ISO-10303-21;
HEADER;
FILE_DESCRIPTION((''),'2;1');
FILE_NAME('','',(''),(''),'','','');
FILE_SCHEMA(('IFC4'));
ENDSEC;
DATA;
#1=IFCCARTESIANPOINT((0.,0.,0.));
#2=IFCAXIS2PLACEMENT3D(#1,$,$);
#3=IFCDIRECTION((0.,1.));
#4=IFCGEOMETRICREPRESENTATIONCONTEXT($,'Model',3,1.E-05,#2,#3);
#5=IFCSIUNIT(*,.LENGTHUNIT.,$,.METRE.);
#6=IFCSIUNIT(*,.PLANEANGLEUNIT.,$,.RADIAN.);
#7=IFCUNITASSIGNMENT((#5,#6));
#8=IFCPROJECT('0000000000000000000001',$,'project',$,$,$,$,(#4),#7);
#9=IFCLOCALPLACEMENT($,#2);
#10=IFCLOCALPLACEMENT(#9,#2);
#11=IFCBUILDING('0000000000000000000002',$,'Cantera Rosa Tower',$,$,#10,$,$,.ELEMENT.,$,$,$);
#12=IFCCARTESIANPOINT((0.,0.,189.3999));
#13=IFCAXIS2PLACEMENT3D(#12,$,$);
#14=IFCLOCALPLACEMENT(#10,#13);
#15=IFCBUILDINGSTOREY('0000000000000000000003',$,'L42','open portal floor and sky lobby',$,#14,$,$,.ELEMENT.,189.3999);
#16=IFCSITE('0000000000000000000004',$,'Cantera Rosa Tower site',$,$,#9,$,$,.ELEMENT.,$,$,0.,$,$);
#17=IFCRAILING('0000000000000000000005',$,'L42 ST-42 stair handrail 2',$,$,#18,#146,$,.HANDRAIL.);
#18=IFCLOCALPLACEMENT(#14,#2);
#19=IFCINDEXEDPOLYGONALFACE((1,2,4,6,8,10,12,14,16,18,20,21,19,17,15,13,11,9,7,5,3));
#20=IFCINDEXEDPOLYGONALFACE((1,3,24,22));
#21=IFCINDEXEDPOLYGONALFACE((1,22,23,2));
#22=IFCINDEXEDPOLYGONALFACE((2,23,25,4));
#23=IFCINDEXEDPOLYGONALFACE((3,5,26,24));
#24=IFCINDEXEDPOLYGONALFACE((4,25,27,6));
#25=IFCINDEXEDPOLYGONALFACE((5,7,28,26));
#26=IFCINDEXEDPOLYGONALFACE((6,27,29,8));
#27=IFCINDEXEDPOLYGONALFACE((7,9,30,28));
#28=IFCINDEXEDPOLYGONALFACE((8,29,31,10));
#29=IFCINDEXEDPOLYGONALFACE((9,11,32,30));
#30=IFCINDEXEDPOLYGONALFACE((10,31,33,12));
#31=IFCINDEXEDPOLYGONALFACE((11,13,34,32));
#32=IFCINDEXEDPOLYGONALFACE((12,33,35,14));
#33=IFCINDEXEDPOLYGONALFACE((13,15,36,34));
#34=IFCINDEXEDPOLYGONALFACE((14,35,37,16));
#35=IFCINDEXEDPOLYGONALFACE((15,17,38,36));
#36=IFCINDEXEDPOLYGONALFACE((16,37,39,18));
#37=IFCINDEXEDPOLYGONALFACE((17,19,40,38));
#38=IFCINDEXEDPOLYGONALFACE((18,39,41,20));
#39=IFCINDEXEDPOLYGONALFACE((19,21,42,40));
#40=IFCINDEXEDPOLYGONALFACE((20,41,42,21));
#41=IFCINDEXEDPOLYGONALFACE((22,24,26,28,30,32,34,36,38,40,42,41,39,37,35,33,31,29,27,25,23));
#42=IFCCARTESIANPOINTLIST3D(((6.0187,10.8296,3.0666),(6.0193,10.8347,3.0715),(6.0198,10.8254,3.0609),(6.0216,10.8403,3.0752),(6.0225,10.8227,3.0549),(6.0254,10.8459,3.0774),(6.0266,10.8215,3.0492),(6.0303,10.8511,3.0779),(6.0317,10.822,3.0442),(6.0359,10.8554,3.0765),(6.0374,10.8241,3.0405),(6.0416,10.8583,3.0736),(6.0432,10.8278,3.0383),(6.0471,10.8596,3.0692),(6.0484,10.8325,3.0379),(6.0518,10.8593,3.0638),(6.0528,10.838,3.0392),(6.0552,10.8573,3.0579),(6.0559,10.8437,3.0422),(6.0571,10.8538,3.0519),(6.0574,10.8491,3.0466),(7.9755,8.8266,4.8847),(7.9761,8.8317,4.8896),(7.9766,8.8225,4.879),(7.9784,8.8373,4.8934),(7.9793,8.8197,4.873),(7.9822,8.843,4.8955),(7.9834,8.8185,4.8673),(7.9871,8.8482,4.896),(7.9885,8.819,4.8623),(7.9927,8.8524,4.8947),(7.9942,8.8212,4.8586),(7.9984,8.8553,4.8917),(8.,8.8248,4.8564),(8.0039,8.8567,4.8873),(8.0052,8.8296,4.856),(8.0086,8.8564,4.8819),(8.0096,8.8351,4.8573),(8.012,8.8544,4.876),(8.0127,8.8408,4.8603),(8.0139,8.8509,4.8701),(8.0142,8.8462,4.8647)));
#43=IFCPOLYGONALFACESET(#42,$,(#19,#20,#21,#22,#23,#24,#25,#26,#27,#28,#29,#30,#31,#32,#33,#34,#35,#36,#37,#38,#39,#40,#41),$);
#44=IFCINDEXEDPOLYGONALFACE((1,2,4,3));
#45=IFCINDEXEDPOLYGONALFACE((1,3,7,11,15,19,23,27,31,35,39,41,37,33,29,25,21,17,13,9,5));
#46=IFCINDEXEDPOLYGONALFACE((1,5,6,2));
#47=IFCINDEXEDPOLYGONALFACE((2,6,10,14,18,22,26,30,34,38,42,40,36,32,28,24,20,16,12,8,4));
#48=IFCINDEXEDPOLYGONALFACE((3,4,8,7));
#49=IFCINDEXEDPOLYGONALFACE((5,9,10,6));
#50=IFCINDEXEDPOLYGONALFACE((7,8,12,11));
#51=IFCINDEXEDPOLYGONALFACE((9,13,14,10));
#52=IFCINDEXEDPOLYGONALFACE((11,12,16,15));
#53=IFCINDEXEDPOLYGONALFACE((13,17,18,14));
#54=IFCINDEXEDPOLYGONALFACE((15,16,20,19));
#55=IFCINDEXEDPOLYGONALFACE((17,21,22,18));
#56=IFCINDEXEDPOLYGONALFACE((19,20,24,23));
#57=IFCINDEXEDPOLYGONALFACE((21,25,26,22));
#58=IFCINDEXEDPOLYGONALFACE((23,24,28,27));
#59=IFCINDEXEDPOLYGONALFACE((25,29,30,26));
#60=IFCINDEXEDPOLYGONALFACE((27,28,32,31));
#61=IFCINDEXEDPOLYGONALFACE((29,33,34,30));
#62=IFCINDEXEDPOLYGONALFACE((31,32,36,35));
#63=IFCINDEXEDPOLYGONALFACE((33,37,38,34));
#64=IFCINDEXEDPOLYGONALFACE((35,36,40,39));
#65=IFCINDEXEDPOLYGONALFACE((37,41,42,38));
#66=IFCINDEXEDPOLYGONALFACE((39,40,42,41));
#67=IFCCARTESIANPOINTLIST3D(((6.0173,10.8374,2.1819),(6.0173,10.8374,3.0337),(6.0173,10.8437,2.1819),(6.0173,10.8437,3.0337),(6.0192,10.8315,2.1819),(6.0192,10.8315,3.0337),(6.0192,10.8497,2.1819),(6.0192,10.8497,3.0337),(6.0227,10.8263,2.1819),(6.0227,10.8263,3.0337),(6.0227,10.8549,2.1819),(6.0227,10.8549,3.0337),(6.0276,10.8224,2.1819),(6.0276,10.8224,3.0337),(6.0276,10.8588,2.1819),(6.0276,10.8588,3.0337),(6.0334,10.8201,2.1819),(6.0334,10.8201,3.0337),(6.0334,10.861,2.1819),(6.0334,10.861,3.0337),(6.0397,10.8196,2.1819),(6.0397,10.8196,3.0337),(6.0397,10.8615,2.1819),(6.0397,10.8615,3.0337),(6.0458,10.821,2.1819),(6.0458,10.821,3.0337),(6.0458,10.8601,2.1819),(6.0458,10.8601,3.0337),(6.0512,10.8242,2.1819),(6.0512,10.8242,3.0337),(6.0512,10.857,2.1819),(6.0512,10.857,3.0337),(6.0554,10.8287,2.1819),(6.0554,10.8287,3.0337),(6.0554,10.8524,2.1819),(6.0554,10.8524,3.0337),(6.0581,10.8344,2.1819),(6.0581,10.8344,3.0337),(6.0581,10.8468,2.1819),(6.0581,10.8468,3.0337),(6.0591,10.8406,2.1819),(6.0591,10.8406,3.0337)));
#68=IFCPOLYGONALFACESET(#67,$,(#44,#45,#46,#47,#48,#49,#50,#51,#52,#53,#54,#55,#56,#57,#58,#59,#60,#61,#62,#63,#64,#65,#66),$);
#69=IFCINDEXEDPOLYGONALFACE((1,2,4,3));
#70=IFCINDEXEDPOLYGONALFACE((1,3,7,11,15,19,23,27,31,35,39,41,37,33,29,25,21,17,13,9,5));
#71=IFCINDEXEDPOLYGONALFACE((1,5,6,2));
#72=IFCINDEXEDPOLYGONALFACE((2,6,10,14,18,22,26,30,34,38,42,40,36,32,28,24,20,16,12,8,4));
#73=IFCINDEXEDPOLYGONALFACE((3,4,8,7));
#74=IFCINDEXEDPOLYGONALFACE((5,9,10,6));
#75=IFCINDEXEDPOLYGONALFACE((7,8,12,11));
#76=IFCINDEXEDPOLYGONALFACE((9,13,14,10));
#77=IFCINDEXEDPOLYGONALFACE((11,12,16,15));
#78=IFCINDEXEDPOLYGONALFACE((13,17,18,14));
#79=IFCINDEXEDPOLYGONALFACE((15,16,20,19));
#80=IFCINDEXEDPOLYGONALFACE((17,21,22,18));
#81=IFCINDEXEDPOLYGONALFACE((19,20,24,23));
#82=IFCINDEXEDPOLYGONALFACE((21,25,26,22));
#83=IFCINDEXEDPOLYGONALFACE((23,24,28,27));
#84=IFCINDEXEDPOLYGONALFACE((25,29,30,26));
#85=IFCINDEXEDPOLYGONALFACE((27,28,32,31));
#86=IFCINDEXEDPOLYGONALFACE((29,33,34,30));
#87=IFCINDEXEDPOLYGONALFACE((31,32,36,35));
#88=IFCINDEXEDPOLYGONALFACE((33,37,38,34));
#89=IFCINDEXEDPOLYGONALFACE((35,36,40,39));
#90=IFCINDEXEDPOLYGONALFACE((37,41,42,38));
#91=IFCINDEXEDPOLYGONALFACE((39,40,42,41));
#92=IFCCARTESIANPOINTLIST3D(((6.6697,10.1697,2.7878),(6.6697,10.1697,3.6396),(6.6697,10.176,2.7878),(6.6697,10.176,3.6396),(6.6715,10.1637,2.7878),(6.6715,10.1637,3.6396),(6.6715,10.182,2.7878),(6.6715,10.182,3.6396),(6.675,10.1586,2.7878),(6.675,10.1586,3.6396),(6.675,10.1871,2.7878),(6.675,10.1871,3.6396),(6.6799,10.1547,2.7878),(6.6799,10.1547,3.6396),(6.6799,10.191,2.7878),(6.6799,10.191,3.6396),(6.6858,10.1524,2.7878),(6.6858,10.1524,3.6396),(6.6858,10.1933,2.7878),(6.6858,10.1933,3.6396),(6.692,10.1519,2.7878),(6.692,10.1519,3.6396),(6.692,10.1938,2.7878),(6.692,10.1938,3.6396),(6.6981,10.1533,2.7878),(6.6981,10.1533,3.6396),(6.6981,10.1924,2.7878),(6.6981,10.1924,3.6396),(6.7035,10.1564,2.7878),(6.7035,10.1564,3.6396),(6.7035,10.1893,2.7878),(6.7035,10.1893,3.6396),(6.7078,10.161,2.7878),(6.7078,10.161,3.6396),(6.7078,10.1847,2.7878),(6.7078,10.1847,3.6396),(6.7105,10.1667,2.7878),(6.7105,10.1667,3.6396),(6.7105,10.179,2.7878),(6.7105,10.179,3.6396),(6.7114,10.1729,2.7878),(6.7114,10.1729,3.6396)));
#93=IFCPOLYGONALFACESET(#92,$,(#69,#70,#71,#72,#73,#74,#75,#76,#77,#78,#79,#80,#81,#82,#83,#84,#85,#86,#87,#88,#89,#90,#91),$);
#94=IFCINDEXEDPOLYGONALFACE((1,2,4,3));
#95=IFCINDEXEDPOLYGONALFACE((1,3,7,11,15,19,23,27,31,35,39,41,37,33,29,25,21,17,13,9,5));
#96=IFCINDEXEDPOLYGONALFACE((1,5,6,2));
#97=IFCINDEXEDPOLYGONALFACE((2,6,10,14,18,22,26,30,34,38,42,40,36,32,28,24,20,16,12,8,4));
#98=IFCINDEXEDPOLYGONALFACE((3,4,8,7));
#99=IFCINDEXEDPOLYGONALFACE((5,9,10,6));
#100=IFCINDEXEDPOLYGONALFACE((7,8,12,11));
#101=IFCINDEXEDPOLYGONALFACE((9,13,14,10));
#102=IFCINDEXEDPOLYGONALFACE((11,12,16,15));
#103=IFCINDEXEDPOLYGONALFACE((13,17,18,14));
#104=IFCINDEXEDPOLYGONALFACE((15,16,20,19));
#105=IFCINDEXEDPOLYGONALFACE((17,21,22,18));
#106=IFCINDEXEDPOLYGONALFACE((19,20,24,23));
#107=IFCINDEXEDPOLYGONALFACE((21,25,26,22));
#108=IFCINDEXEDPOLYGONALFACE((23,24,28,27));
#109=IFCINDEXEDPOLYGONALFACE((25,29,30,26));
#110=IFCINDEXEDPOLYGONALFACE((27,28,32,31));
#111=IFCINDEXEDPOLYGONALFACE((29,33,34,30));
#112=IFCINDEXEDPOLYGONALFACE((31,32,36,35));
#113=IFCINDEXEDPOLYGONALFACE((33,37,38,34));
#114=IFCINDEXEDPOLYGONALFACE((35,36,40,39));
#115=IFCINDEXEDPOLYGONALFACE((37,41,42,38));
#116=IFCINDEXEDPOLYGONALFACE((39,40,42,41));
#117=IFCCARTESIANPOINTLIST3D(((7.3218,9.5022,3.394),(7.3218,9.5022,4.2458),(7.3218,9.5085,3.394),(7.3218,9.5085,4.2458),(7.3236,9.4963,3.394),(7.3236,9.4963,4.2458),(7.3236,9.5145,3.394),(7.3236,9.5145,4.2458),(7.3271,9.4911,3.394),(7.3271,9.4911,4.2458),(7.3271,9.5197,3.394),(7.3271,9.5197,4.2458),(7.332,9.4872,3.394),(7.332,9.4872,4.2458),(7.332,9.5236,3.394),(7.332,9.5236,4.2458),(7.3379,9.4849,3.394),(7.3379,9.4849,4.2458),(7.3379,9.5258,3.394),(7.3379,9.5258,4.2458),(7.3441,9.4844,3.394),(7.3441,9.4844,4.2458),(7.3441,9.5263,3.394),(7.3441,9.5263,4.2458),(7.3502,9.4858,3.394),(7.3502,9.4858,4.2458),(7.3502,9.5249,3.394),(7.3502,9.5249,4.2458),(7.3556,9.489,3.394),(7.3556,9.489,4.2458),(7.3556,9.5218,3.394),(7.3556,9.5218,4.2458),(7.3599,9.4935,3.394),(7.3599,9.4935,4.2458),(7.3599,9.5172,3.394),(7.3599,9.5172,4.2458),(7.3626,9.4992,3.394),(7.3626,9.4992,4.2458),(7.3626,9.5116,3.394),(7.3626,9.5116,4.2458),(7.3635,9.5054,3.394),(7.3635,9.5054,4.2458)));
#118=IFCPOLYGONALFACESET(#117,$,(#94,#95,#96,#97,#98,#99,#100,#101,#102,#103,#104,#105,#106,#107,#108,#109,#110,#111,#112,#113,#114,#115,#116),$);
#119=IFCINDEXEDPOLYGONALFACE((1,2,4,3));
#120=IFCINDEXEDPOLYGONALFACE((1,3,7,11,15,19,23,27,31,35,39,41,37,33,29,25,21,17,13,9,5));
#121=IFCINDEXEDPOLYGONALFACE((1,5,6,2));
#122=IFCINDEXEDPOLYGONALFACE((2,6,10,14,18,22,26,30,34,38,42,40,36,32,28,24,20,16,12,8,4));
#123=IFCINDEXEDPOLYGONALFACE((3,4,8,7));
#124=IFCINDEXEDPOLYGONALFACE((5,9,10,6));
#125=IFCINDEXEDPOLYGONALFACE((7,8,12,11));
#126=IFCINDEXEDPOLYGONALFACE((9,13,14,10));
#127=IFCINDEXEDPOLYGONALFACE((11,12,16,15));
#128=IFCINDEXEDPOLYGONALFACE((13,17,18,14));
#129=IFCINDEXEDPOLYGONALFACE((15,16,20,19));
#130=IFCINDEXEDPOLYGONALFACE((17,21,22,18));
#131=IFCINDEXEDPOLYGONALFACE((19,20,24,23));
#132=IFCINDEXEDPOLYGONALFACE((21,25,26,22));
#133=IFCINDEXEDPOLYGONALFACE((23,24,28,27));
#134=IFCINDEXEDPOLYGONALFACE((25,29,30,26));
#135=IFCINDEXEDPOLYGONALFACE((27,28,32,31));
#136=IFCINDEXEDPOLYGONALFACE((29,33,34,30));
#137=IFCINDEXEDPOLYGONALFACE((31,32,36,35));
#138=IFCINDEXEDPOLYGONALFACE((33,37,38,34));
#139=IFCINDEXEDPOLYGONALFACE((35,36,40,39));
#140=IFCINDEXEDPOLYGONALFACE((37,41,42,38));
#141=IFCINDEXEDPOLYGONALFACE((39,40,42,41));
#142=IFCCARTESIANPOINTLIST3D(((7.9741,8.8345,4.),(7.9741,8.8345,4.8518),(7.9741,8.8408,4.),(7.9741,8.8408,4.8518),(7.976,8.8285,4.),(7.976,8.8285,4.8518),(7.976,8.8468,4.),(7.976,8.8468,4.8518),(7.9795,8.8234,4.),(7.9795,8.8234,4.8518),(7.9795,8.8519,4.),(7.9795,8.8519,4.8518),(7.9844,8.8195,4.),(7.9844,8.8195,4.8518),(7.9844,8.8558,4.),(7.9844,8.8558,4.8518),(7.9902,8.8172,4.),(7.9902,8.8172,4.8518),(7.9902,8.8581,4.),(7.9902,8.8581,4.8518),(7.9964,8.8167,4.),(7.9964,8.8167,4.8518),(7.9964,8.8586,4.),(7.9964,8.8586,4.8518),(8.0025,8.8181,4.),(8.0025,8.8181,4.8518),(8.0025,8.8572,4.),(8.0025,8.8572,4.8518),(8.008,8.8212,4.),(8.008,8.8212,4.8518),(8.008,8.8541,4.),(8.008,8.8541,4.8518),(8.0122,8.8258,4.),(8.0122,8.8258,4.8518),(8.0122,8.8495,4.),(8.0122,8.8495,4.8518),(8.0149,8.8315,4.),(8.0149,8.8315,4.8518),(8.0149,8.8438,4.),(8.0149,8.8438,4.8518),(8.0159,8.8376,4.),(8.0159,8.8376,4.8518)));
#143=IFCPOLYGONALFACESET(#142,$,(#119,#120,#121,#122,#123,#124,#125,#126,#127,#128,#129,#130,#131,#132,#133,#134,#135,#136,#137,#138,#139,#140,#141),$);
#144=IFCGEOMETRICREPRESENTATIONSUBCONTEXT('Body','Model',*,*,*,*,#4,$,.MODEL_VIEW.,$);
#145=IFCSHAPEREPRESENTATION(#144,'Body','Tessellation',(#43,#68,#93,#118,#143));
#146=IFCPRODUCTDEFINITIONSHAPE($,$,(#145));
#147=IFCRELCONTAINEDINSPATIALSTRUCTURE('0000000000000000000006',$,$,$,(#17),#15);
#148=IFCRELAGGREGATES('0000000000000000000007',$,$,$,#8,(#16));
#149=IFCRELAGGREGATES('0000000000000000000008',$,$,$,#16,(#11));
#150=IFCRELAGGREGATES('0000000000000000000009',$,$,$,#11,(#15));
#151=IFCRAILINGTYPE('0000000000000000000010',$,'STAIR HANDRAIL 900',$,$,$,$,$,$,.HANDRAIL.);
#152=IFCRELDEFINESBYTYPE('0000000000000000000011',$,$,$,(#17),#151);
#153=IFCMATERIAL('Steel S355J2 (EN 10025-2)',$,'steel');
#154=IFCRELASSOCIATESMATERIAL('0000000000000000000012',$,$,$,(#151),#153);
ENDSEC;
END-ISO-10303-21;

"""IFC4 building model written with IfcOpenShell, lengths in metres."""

from ifc_helpers import new_model, si_unit, direction, frame, origin, origin_2d, place, context, subcontext, project, spatial, circle, extrude, material, type_object, element, save


model = new_model("IFC4")

# Units and contexts
model_context = context("Model", 3, precision=1e-05, world=origin(), true_north=direction((0.0, 1.0)))
body_context = subcontext(model_context, "Body", "Model", "MODEL_VIEW")
ifc_project = project(units=[si_unit("LENGTHUNIT", "METRE"), si_unit("PLANEANGLEUNIT", "RADIAN")], contexts=[model_context])

# Site, building, storey
site_placement = place(None, origin())
site = spatial("IfcSite", under=ifc_project, at=site_placement, Name="Cantera Rosa Tower site", CompositionType="ELEMENT", RefElevation=0.0)
building_placement = place(site_placement, origin())
building = spatial("IfcBuilding", under=site, at=building_placement, Name="Cantera Rosa Tower", CompositionType="ELEMENT")
storey_placement = place(building_placement, frame((0.0, 0.0, 189.3999)))
storey = spatial("IfcBuildingStorey", under=building, at=storey_placement, Name="L42", Description="open portal floor and sky lobby", CompositionType="ELEMENT", Elevation=189.3999)

# Railing
ifc_material_1 = material(Name="Steel S355J2 (EN 10025-2)", Category="steel")
railing_type_1 = type_object("IfcRailingType", Name="STAIR HANDRAIL 900", PredefinedType="HANDRAIL", material=ifc_material_1)
for number, where, name in (
    (1, (6.0381, 10.8406, 2.1819), "L42 ST-42 stair handrail 2"),
):
    element("IfcRailing", number, at=place(storey_placement, frame(where)), inside=storey, type_object=railing_type_1, Name=name, PredefinedType="HANDRAIL", context=body_context, shape_type="SweptSolid", body=[
        extrude(circle(Radius=0.0239, at=origin_2d()), frame((0.0, 0.0, 0.876), z_axis=(0.586109, -0.59993, 0.544573), x_axis=(0.715298, 0.698819, 0.0)), (0.0, 0.0, 1.0), 3.3386),
        extrude(circle(Radius=0.021, at=origin_2d()), origin(), (0.0, 0.0, 1.0), 0.8518),
        extrude(circle(Radius=0.021, at=origin_2d()), frame((0.6523, -0.6677, 0.606)), (0.0, 0.0, 1.0), 0.8518),
        extrude(circle(Radius=0.021, at=origin_2d()), frame((1.3044, -1.3352, 1.2122)), (0.0, 0.0, 1.0), 0.8518),
        extrude(circle(Radius=0.021, at=origin_2d()), frame((1.9568, -2.0029, 1.8181)), (0.0, 0.0, 1.0), 0.8518),
    ])

save(model, "model.ifc")
